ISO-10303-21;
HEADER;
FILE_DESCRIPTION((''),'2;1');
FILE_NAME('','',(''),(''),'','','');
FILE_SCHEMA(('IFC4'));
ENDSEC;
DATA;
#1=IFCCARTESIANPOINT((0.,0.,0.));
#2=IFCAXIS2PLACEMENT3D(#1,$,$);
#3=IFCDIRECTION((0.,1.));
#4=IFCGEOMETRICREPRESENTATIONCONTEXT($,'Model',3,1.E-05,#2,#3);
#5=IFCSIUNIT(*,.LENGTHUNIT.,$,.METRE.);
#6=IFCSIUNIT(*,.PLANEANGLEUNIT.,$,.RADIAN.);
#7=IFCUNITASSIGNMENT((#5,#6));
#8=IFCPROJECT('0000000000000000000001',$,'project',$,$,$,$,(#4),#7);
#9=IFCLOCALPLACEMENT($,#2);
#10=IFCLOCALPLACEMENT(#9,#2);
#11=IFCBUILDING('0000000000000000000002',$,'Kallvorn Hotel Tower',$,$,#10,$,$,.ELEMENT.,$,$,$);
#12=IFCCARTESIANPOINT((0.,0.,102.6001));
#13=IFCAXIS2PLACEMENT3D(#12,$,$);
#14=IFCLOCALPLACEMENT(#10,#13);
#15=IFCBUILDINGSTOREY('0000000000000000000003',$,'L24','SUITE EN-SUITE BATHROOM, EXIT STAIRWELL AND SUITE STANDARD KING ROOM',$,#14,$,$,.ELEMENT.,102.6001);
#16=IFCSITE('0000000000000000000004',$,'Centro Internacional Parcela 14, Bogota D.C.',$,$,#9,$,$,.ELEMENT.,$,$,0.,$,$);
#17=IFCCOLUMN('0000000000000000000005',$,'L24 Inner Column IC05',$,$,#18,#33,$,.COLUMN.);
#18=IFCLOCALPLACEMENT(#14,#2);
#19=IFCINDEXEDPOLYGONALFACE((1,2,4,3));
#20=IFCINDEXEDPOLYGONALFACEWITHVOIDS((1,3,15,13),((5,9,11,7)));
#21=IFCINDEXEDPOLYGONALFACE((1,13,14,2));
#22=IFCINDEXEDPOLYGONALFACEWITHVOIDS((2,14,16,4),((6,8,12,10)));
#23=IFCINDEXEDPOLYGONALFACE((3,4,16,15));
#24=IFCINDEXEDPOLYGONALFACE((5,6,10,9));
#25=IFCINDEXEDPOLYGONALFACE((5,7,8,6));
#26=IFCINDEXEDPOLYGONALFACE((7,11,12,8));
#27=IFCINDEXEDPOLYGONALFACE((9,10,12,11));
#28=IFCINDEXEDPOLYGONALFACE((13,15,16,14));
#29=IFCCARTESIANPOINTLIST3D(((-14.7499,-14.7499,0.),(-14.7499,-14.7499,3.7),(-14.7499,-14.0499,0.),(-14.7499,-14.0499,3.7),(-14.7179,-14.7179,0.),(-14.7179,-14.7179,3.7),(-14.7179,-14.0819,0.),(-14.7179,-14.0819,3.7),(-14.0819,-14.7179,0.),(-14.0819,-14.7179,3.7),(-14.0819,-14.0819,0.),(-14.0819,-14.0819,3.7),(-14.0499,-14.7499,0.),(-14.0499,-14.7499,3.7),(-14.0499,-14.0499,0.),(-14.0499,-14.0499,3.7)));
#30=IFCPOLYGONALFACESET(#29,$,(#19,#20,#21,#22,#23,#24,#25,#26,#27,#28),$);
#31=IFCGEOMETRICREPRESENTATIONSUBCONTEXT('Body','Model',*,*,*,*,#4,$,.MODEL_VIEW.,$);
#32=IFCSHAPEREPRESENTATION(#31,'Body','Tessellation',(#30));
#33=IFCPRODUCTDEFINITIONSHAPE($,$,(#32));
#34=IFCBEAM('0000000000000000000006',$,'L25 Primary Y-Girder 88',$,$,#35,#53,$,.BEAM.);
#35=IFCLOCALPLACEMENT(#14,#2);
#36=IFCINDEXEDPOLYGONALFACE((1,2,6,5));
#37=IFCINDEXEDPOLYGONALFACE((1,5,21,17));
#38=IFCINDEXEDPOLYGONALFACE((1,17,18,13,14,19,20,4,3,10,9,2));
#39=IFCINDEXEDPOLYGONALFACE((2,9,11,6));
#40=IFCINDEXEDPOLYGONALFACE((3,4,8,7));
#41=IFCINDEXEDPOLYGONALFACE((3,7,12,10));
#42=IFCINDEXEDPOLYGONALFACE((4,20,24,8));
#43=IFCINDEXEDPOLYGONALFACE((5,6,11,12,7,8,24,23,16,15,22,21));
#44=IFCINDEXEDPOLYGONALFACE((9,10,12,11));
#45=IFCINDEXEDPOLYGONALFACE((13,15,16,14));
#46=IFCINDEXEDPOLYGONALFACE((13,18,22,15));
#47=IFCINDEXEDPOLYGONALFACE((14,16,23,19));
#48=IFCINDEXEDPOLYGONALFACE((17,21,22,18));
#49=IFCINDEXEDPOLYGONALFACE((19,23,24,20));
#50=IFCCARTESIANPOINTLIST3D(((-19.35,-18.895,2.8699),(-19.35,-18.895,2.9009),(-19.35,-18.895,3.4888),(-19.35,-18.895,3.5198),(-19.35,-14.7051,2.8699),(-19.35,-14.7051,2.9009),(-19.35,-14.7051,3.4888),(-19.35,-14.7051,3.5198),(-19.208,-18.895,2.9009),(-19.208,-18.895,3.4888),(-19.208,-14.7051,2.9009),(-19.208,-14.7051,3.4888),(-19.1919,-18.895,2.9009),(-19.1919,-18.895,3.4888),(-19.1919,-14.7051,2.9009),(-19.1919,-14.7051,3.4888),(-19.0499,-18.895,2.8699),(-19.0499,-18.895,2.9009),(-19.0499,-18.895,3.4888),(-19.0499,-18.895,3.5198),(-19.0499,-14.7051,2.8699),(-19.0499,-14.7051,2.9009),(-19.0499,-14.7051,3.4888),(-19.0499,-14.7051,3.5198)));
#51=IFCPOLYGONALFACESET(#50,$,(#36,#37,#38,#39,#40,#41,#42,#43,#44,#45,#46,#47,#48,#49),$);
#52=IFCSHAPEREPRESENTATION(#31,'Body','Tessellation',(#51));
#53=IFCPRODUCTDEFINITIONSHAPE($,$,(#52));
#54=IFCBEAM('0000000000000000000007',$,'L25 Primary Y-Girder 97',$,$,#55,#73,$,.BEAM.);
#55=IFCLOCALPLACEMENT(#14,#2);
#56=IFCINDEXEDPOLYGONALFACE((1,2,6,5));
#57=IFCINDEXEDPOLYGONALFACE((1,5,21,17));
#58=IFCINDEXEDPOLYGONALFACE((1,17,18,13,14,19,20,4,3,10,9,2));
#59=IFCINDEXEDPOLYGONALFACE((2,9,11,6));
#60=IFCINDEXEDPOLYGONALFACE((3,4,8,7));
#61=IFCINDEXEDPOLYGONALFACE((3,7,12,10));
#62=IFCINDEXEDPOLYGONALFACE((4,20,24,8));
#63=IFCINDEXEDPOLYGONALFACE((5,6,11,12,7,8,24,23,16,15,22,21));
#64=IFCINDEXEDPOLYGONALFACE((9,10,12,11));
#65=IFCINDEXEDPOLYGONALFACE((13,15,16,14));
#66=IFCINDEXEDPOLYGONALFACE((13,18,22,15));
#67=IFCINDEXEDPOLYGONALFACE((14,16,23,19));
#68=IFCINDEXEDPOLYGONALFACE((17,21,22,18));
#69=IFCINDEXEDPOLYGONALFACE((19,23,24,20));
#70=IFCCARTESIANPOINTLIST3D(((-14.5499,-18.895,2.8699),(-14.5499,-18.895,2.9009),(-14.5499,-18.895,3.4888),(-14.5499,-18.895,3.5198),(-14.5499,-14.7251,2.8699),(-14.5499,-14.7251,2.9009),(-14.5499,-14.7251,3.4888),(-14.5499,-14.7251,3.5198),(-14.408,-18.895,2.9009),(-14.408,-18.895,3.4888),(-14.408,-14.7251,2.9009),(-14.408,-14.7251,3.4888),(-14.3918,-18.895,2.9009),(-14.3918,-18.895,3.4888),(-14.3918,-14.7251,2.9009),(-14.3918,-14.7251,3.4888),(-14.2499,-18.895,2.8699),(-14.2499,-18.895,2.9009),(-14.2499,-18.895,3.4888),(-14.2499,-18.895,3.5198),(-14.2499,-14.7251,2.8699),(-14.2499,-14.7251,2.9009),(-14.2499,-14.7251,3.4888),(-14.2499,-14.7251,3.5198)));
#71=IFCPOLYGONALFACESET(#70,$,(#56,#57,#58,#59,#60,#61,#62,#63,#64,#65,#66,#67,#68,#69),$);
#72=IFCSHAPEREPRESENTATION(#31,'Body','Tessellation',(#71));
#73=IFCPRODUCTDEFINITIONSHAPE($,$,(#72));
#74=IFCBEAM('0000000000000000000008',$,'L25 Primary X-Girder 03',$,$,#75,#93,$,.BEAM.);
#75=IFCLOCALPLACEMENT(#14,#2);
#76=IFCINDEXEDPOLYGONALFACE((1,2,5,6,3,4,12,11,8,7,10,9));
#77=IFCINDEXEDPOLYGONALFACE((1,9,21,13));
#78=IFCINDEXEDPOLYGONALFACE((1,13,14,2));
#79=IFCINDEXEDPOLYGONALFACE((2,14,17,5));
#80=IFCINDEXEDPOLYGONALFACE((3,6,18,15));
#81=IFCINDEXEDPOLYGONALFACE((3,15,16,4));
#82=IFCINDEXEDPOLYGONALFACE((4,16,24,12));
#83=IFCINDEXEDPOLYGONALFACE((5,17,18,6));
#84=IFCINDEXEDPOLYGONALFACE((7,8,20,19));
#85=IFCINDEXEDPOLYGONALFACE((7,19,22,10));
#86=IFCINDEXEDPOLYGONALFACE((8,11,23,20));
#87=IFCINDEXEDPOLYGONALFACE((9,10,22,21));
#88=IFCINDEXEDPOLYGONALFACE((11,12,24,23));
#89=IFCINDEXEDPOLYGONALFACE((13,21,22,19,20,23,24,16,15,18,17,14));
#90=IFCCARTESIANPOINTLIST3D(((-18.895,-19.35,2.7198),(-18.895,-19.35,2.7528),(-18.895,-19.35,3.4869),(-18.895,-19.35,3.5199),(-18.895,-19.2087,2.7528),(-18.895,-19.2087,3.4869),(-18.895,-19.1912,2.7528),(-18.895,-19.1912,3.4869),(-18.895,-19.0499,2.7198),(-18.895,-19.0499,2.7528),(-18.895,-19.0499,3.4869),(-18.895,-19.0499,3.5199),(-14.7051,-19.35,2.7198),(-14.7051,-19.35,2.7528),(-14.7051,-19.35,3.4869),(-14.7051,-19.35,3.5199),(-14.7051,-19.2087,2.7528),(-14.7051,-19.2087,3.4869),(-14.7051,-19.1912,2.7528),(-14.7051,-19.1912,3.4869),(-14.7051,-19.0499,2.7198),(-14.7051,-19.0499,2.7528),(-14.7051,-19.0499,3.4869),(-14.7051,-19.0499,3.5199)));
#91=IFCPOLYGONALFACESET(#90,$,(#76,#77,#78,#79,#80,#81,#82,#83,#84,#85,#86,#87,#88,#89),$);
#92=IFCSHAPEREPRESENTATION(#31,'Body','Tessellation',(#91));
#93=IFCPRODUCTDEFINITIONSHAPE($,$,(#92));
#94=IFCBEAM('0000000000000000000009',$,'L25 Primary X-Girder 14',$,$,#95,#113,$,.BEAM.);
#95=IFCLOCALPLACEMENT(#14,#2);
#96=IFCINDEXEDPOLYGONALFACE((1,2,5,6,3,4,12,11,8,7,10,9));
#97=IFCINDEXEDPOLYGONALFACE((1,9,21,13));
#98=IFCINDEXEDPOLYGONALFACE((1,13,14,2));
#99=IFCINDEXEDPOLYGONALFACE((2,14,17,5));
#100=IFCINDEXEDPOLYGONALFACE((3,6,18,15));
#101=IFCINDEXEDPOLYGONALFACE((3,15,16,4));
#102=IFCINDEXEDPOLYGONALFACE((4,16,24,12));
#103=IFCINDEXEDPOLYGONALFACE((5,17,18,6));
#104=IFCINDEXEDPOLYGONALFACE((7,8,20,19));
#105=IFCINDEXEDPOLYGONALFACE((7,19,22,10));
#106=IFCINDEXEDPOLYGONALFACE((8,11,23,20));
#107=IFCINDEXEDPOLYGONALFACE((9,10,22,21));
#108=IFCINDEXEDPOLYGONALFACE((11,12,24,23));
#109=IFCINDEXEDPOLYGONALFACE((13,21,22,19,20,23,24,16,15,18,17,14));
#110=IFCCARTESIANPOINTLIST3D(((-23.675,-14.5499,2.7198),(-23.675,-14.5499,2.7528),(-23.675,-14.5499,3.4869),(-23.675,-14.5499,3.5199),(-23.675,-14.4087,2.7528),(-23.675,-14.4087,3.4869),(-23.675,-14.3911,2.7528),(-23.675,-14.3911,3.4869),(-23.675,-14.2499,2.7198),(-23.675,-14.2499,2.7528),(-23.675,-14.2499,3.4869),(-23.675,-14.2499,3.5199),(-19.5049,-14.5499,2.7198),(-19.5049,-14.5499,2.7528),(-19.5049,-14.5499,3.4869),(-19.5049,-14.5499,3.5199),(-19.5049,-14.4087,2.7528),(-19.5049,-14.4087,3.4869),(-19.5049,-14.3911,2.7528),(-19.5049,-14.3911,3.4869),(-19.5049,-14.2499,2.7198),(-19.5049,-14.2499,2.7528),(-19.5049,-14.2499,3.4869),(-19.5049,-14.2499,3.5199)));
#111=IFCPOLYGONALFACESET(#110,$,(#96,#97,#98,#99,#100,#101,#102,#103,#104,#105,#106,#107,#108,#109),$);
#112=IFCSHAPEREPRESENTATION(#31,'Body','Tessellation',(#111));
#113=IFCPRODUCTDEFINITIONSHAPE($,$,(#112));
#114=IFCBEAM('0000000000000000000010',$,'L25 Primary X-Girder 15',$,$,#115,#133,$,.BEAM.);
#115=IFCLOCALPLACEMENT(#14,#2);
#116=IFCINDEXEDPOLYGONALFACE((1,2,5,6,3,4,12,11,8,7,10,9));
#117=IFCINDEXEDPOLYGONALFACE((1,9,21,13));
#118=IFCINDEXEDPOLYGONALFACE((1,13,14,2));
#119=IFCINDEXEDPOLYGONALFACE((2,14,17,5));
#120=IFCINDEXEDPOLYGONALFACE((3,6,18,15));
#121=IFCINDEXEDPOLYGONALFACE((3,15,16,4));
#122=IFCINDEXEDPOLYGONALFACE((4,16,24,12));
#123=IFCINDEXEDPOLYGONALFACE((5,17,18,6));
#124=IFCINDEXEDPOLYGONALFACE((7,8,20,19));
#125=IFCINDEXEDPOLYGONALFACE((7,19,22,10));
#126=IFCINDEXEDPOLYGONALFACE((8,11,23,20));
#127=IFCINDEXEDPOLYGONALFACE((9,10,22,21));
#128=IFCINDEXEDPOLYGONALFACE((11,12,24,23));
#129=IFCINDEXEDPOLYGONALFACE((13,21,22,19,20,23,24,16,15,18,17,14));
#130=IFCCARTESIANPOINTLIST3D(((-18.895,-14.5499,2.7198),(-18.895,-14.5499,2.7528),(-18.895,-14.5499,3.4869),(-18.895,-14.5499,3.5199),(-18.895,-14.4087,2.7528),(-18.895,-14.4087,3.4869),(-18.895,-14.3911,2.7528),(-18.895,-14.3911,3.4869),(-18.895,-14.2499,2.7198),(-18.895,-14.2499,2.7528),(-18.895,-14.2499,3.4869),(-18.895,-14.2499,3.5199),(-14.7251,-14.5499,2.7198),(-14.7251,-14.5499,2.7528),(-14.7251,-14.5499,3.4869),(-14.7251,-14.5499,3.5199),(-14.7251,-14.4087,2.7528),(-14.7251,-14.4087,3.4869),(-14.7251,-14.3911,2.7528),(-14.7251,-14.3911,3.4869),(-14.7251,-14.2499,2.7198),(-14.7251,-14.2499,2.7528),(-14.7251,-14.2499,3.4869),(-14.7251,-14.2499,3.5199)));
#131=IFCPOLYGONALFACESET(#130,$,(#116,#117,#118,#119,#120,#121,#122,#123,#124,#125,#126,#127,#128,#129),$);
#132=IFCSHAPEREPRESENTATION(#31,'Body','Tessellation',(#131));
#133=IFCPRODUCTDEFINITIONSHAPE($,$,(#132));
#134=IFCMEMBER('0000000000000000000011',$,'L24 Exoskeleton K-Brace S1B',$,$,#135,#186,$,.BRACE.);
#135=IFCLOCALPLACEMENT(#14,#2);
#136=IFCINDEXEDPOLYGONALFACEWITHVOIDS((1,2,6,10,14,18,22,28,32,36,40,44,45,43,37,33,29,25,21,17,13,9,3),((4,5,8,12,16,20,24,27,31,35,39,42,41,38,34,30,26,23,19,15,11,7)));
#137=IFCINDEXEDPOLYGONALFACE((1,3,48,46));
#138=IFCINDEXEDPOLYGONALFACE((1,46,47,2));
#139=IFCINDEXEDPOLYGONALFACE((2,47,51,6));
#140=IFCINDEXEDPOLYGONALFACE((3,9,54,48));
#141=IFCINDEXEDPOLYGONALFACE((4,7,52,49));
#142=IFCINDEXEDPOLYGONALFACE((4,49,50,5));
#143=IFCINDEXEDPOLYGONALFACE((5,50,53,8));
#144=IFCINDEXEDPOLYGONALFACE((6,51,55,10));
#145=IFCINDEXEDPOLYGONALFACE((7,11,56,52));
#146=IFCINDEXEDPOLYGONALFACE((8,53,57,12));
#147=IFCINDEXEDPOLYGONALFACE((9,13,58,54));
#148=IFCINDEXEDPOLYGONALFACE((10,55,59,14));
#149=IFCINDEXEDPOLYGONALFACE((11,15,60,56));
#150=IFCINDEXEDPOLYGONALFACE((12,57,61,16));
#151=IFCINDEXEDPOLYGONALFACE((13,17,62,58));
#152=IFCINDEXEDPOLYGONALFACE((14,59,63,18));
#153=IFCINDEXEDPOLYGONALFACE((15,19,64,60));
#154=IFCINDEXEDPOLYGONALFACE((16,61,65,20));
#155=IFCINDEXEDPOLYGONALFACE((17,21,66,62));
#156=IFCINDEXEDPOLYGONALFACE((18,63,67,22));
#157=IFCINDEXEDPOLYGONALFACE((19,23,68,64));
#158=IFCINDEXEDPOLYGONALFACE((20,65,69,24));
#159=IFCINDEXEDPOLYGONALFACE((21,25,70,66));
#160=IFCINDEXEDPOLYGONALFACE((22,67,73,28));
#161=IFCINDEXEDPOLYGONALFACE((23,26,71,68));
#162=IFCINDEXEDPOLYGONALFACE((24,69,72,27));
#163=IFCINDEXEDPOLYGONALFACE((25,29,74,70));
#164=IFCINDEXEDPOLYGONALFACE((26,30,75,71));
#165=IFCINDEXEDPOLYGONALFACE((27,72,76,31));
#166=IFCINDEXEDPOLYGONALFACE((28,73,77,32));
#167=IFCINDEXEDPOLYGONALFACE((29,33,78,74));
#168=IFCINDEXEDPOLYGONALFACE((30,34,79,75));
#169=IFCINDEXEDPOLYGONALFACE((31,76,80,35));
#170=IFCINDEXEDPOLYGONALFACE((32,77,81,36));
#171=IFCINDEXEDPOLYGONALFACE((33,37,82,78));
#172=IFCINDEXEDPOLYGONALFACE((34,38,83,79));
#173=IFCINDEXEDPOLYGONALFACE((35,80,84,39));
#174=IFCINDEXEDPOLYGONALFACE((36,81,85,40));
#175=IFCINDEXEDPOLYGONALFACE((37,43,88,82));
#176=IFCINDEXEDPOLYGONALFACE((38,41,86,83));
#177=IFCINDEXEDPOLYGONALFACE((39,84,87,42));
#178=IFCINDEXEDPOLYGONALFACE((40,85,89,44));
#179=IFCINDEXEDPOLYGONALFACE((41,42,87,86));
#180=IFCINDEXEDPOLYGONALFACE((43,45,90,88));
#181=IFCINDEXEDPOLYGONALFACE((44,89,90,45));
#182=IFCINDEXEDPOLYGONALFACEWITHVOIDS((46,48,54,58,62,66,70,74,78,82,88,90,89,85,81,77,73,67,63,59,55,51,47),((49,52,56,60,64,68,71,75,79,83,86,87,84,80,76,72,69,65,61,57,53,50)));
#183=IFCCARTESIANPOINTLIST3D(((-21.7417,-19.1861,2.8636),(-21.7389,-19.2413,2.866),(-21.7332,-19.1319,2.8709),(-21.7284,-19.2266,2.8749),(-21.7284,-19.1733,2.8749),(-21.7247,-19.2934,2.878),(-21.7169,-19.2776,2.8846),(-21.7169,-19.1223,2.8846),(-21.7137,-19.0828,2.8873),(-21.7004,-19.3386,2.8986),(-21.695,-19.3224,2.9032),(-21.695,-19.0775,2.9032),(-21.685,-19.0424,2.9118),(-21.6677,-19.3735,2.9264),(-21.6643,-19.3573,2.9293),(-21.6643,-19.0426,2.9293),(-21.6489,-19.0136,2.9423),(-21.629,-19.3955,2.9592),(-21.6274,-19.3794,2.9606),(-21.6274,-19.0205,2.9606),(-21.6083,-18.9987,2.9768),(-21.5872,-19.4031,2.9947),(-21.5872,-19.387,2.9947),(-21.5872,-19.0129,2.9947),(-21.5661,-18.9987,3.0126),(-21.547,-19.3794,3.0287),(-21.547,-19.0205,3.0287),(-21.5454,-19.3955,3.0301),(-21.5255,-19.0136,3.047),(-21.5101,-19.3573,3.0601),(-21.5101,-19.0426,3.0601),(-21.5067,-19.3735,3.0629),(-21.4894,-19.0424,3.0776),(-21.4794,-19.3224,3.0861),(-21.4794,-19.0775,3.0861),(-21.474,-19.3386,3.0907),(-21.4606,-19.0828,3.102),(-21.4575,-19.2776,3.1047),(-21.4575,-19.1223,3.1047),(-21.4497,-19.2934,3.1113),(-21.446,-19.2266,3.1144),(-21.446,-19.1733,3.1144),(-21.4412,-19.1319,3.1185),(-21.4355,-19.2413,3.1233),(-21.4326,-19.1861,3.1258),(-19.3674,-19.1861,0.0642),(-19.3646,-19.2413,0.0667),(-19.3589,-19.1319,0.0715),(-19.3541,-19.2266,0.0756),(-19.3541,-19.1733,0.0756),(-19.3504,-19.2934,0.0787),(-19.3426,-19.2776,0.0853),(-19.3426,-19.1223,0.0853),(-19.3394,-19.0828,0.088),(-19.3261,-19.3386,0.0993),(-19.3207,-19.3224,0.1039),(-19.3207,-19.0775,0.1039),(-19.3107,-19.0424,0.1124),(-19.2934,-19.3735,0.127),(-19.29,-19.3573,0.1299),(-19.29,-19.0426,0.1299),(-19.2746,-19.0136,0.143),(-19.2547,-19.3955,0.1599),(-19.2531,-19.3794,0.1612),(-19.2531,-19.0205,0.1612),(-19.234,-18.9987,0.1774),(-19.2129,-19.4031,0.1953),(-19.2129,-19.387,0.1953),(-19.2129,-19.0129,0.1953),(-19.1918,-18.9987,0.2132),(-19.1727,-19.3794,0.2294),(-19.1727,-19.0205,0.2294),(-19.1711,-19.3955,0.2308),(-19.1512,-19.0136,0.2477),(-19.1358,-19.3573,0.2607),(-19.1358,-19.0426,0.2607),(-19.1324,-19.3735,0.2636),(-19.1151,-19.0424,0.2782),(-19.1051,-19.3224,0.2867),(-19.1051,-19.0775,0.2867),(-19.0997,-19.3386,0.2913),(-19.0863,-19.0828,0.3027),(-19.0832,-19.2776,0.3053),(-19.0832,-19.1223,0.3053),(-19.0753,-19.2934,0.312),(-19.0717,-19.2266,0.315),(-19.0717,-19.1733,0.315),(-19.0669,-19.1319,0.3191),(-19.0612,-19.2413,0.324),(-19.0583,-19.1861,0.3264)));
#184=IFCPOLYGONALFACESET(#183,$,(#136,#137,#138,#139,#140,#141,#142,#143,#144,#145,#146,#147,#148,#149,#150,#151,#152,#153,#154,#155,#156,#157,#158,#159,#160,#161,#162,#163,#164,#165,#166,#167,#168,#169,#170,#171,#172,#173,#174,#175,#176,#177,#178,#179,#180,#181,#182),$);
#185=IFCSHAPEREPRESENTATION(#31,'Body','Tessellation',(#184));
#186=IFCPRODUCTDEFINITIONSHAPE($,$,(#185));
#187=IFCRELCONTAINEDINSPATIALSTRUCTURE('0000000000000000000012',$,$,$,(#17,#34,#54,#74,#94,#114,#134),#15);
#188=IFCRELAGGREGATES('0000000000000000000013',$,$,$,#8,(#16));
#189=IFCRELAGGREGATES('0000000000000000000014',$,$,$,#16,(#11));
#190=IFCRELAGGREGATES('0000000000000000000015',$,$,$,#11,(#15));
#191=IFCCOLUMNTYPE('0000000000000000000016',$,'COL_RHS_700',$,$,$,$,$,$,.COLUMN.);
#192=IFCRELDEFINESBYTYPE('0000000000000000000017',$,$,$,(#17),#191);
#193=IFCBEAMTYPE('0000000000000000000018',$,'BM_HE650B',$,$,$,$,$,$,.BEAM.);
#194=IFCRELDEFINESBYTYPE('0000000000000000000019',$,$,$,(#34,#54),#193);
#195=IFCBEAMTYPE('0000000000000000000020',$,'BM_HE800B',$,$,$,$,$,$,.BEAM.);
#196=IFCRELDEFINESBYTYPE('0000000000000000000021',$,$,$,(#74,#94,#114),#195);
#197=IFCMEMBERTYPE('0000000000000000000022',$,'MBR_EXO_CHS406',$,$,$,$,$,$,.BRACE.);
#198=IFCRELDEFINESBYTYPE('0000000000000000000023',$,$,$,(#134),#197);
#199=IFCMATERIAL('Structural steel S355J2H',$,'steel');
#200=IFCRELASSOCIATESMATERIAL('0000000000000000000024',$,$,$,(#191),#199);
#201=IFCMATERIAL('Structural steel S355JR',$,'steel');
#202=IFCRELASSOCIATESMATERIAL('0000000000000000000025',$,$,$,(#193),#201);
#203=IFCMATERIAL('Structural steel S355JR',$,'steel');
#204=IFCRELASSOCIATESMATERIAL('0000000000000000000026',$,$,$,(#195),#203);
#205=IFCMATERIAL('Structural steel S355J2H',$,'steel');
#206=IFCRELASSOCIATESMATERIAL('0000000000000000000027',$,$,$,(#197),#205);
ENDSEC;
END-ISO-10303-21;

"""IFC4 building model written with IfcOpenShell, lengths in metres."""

from ifc_helpers import new_model, si_unit, direction, frame, origin, origin_2d, place, context, subcontext, project, spatial, hollow_rectangle, hollow_circle, i_section, extrude, material, material_profile, profile_set, type_object, element, save


model = new_model("IFC4")

# Units and contexts
model_context = context("Model", 3, precision=1e-05, world=origin(), true_north=direction((0.0, 1.0)))
body_context = subcontext(model_context, "Body", "Model", "MODEL_VIEW")
ifc_project = project(units=[si_unit("LENGTHUNIT", "METRE"), si_unit("PLANEANGLEUNIT", "RADIAN")], contexts=[model_context])

# Site, building, storey
site_placement = place(None, origin())
site = spatial("IfcSite", under=ifc_project, at=site_placement, Name="Centro Internacional Parcela 14, Bogota D.C.", CompositionType="ELEMENT", RefElevation=0.0)
building_placement = place(site_placement, origin())
building = spatial("IfcBuilding", under=site, at=building_placement, Name="Kallvorn Hotel Tower", CompositionType="ELEMENT")
storey_placement = place(building_placement, frame((0.0, 0.0, 102.6001)))
storey = spatial("IfcBuildingStorey", under=building, at=storey_placement, Name="L24", Description="SUITE EN-SUITE BATHROOM, EXIT STAIRWELL AND SUITE STANDARD KING ROOM", CompositionType="ELEMENT", Elevation=102.6001)

# Column
ifc_material_1 = material(Name="Structural steel S355J2H", Category="steel")
ifc_material_profile_1 = material_profile(ifc_material_1, hollow_rectangle(XDim=0.7, YDim=0.7, WallThickness=0.032, at=origin_2d()), Name="RHS 700x700x32")
ifc_profile_set_1 = profile_set([ifc_material_profile_1], Name="Structural steel S355J2H")
column_type_1 = type_object("IfcColumnType", Name="COL_RHS_700", PredefinedType="COLUMN", material=ifc_profile_set_1)
column_placement = place(storey_placement, frame((-14.3999, -14.3999, 0.0), z_axis=(0.0, 0.0, 1.0), x_axis=(1.0, 0.0, 0.0)))
element("IfcColumn", 1, at=column_placement, inside=storey, type_object=column_type_1, Name="L24 Inner Column IC05", PredefinedType="COLUMN", context=body_context, shape_type="SweptSolid", body=[
    extrude(hollow_rectangle(XDim=0.7, YDim=0.7, WallThickness=0.032, at=origin_2d()), origin(), (0.0, 0.0, 1.0), 3.7),
])

# Beams
ifc_material_2 = material(Name="Structural steel S355JR", Category="steel")
ifc_material_profile_2 = material_profile(ifc_material_2, i_section(OverallWidth=0.3, OverallDepth=0.6499, WebThickness=0.0161, FlangeThickness=0.031, at=origin_2d()), Name="HE 650 B")
ifc_profile_set_2 = profile_set([ifc_material_profile_2], Name="Structural steel S355JR")
beam_type_1 = type_object("IfcBeamType", Name="BM_HE650B", PredefinedType="BEAM", material=ifc_profile_set_2)
beam_1_placement = place(storey_placement, frame((-19.2, -18.895, 3.1948), z_axis=(0.0, 1.0, 0.0), x_axis=(-1.0, 0.0, 0.0)))
element("IfcBeam", 2, at=beam_1_placement, inside=storey, type_object=beam_type_1, Name="L25 Primary Y-Girder 88", PredefinedType="BEAM", context=body_context, shape_type="SweptSolid", body=[
    extrude(i_section(OverallWidth=0.3, OverallDepth=0.6499, WebThickness=0.0161, FlangeThickness=0.031, at=origin_2d()), origin(), (0.0, 0.0, 1.0), 4.1899),
])
beam_2_placement = place(storey_placement, frame((-14.3999, -18.895, 3.1948), z_axis=(0.0, 1.0, 0.0), x_axis=(-1.0, 0.0, 0.0)))
element("IfcBeam", 3, at=beam_2_placement, inside=storey, type_object=beam_type_1, Name="L25 Primary Y-Girder 97", PredefinedType="BEAM", context=body_context, shape_type="SweptSolid", body=[
    extrude(i_section(OverallWidth=0.3, OverallDepth=0.6499, WebThickness=0.0161, FlangeThickness=0.031, at=origin_2d()), origin(), (0.0, 0.0, 1.0), 4.1699),
])
ifc_material_3 = material(Name="Structural steel S355JR", Category="steel")
ifc_material_profile_3 = material_profile(ifc_material_3, i_section(OverallWidth=0.3, OverallDepth=0.8, WebThickness=0.0176, FlangeThickness=0.033, at=origin_2d()), Name="HE 800 B")
ifc_profile_set_3 = profile_set([ifc_material_profile_3], Name="Structural steel S355JR")
beam_type_2 = type_object("IfcBeamType", Name="BM_HE800B", PredefinedType="BEAM", material=ifc_profile_set_3)
beam_3_placement = place(storey_placement, frame((-18.895, -19.2, 3.1199), z_axis=(1.0, 0.0, 0.0), x_axis=(0.0, 1.0, 0.0)))
element("IfcBeam", 4, at=beam_3_placement, inside=storey, type_object=beam_type_2, Name="L25 Primary X-Girder 03", PredefinedType="BEAM", context=body_context, shape_type="SweptSolid", body=[
    extrude(i_section(OverallWidth=0.3, OverallDepth=0.8, WebThickness=0.0176, FlangeThickness=0.033, at=origin_2d()), origin(), (0.0, 0.0, 1.0), 4.1899),
])
beam_4_placement = place(storey_placement, frame((-23.675, -14.3999, 3.1199), z_axis=(1.0, 0.0, 0.0), x_axis=(0.0, 1.0, 0.0)))
element("IfcBeam", 5, at=beam_4_placement, inside=storey, type_object=beam_type_2, Name="L25 Primary X-Girder 14", PredefinedType="BEAM", context=body_context, shape_type="SweptSolid", body=[
    extrude(i_section(OverallWidth=0.3, OverallDepth=0.8, WebThickness=0.0176, FlangeThickness=0.033, at=origin_2d()), origin(), (0.0, 0.0, 1.0), 4.1702),
])
beam_5_placement = place(storey_placement, frame((-18.895, -14.3999, 3.1199), z_axis=(1.0, 0.0, 0.0), x_axis=(0.0, 1.0, 0.0)))
element("IfcBeam", 6, at=beam_5_placement, inside=storey, type_object=beam_type_2, Name="L25 Primary X-Girder 15", PredefinedType="BEAM", context=body_context, shape_type="SweptSolid", body=[
    extrude(i_section(OverallWidth=0.3, OverallDepth=0.8, WebThickness=0.0176, FlangeThickness=0.033, at=origin_2d()), origin(), (0.0, 0.0, 1.0), 4.1699),
])

# Member
ifc_material_4 = material(Name="Structural steel S355J2H", Category="steel")
ifc_material_profile_4 = material_profile(ifc_material_4, hollow_circle(Radius=0.2031, WallThickness=0.0161, at=origin_2d()), Name="CHS 406.4x16")
ifc_profile_set_4 = profile_set([ifc_material_profile_4], Name="Structural steel S355J2H")
member_type = type_object("IfcMemberType", Name="MBR_EXO_CHS406", PredefinedType="BRACE", material=ifc_profile_set_4)
member_placement = place(storey_placement, frame((-19.2129, -19.2, 0.1953), z_axis=(-0.646833, 0.0, 0.762631), x_axis=(0.0, -1.0, 0.0)))
element("IfcMember", 7, at=member_placement, inside=storey, type_object=member_type, Name="L24 Exoskeleton K-Brace S1B", PredefinedType="BRACE", context=body_context, shape_type="SweptSolid", body=[
    extrude(hollow_circle(Radius=0.2031, WallThickness=0.0161, at=origin_2d()), origin(), (0.0, 0.0, 1.0), 3.6707),
])

save(model, "model.ifc")
